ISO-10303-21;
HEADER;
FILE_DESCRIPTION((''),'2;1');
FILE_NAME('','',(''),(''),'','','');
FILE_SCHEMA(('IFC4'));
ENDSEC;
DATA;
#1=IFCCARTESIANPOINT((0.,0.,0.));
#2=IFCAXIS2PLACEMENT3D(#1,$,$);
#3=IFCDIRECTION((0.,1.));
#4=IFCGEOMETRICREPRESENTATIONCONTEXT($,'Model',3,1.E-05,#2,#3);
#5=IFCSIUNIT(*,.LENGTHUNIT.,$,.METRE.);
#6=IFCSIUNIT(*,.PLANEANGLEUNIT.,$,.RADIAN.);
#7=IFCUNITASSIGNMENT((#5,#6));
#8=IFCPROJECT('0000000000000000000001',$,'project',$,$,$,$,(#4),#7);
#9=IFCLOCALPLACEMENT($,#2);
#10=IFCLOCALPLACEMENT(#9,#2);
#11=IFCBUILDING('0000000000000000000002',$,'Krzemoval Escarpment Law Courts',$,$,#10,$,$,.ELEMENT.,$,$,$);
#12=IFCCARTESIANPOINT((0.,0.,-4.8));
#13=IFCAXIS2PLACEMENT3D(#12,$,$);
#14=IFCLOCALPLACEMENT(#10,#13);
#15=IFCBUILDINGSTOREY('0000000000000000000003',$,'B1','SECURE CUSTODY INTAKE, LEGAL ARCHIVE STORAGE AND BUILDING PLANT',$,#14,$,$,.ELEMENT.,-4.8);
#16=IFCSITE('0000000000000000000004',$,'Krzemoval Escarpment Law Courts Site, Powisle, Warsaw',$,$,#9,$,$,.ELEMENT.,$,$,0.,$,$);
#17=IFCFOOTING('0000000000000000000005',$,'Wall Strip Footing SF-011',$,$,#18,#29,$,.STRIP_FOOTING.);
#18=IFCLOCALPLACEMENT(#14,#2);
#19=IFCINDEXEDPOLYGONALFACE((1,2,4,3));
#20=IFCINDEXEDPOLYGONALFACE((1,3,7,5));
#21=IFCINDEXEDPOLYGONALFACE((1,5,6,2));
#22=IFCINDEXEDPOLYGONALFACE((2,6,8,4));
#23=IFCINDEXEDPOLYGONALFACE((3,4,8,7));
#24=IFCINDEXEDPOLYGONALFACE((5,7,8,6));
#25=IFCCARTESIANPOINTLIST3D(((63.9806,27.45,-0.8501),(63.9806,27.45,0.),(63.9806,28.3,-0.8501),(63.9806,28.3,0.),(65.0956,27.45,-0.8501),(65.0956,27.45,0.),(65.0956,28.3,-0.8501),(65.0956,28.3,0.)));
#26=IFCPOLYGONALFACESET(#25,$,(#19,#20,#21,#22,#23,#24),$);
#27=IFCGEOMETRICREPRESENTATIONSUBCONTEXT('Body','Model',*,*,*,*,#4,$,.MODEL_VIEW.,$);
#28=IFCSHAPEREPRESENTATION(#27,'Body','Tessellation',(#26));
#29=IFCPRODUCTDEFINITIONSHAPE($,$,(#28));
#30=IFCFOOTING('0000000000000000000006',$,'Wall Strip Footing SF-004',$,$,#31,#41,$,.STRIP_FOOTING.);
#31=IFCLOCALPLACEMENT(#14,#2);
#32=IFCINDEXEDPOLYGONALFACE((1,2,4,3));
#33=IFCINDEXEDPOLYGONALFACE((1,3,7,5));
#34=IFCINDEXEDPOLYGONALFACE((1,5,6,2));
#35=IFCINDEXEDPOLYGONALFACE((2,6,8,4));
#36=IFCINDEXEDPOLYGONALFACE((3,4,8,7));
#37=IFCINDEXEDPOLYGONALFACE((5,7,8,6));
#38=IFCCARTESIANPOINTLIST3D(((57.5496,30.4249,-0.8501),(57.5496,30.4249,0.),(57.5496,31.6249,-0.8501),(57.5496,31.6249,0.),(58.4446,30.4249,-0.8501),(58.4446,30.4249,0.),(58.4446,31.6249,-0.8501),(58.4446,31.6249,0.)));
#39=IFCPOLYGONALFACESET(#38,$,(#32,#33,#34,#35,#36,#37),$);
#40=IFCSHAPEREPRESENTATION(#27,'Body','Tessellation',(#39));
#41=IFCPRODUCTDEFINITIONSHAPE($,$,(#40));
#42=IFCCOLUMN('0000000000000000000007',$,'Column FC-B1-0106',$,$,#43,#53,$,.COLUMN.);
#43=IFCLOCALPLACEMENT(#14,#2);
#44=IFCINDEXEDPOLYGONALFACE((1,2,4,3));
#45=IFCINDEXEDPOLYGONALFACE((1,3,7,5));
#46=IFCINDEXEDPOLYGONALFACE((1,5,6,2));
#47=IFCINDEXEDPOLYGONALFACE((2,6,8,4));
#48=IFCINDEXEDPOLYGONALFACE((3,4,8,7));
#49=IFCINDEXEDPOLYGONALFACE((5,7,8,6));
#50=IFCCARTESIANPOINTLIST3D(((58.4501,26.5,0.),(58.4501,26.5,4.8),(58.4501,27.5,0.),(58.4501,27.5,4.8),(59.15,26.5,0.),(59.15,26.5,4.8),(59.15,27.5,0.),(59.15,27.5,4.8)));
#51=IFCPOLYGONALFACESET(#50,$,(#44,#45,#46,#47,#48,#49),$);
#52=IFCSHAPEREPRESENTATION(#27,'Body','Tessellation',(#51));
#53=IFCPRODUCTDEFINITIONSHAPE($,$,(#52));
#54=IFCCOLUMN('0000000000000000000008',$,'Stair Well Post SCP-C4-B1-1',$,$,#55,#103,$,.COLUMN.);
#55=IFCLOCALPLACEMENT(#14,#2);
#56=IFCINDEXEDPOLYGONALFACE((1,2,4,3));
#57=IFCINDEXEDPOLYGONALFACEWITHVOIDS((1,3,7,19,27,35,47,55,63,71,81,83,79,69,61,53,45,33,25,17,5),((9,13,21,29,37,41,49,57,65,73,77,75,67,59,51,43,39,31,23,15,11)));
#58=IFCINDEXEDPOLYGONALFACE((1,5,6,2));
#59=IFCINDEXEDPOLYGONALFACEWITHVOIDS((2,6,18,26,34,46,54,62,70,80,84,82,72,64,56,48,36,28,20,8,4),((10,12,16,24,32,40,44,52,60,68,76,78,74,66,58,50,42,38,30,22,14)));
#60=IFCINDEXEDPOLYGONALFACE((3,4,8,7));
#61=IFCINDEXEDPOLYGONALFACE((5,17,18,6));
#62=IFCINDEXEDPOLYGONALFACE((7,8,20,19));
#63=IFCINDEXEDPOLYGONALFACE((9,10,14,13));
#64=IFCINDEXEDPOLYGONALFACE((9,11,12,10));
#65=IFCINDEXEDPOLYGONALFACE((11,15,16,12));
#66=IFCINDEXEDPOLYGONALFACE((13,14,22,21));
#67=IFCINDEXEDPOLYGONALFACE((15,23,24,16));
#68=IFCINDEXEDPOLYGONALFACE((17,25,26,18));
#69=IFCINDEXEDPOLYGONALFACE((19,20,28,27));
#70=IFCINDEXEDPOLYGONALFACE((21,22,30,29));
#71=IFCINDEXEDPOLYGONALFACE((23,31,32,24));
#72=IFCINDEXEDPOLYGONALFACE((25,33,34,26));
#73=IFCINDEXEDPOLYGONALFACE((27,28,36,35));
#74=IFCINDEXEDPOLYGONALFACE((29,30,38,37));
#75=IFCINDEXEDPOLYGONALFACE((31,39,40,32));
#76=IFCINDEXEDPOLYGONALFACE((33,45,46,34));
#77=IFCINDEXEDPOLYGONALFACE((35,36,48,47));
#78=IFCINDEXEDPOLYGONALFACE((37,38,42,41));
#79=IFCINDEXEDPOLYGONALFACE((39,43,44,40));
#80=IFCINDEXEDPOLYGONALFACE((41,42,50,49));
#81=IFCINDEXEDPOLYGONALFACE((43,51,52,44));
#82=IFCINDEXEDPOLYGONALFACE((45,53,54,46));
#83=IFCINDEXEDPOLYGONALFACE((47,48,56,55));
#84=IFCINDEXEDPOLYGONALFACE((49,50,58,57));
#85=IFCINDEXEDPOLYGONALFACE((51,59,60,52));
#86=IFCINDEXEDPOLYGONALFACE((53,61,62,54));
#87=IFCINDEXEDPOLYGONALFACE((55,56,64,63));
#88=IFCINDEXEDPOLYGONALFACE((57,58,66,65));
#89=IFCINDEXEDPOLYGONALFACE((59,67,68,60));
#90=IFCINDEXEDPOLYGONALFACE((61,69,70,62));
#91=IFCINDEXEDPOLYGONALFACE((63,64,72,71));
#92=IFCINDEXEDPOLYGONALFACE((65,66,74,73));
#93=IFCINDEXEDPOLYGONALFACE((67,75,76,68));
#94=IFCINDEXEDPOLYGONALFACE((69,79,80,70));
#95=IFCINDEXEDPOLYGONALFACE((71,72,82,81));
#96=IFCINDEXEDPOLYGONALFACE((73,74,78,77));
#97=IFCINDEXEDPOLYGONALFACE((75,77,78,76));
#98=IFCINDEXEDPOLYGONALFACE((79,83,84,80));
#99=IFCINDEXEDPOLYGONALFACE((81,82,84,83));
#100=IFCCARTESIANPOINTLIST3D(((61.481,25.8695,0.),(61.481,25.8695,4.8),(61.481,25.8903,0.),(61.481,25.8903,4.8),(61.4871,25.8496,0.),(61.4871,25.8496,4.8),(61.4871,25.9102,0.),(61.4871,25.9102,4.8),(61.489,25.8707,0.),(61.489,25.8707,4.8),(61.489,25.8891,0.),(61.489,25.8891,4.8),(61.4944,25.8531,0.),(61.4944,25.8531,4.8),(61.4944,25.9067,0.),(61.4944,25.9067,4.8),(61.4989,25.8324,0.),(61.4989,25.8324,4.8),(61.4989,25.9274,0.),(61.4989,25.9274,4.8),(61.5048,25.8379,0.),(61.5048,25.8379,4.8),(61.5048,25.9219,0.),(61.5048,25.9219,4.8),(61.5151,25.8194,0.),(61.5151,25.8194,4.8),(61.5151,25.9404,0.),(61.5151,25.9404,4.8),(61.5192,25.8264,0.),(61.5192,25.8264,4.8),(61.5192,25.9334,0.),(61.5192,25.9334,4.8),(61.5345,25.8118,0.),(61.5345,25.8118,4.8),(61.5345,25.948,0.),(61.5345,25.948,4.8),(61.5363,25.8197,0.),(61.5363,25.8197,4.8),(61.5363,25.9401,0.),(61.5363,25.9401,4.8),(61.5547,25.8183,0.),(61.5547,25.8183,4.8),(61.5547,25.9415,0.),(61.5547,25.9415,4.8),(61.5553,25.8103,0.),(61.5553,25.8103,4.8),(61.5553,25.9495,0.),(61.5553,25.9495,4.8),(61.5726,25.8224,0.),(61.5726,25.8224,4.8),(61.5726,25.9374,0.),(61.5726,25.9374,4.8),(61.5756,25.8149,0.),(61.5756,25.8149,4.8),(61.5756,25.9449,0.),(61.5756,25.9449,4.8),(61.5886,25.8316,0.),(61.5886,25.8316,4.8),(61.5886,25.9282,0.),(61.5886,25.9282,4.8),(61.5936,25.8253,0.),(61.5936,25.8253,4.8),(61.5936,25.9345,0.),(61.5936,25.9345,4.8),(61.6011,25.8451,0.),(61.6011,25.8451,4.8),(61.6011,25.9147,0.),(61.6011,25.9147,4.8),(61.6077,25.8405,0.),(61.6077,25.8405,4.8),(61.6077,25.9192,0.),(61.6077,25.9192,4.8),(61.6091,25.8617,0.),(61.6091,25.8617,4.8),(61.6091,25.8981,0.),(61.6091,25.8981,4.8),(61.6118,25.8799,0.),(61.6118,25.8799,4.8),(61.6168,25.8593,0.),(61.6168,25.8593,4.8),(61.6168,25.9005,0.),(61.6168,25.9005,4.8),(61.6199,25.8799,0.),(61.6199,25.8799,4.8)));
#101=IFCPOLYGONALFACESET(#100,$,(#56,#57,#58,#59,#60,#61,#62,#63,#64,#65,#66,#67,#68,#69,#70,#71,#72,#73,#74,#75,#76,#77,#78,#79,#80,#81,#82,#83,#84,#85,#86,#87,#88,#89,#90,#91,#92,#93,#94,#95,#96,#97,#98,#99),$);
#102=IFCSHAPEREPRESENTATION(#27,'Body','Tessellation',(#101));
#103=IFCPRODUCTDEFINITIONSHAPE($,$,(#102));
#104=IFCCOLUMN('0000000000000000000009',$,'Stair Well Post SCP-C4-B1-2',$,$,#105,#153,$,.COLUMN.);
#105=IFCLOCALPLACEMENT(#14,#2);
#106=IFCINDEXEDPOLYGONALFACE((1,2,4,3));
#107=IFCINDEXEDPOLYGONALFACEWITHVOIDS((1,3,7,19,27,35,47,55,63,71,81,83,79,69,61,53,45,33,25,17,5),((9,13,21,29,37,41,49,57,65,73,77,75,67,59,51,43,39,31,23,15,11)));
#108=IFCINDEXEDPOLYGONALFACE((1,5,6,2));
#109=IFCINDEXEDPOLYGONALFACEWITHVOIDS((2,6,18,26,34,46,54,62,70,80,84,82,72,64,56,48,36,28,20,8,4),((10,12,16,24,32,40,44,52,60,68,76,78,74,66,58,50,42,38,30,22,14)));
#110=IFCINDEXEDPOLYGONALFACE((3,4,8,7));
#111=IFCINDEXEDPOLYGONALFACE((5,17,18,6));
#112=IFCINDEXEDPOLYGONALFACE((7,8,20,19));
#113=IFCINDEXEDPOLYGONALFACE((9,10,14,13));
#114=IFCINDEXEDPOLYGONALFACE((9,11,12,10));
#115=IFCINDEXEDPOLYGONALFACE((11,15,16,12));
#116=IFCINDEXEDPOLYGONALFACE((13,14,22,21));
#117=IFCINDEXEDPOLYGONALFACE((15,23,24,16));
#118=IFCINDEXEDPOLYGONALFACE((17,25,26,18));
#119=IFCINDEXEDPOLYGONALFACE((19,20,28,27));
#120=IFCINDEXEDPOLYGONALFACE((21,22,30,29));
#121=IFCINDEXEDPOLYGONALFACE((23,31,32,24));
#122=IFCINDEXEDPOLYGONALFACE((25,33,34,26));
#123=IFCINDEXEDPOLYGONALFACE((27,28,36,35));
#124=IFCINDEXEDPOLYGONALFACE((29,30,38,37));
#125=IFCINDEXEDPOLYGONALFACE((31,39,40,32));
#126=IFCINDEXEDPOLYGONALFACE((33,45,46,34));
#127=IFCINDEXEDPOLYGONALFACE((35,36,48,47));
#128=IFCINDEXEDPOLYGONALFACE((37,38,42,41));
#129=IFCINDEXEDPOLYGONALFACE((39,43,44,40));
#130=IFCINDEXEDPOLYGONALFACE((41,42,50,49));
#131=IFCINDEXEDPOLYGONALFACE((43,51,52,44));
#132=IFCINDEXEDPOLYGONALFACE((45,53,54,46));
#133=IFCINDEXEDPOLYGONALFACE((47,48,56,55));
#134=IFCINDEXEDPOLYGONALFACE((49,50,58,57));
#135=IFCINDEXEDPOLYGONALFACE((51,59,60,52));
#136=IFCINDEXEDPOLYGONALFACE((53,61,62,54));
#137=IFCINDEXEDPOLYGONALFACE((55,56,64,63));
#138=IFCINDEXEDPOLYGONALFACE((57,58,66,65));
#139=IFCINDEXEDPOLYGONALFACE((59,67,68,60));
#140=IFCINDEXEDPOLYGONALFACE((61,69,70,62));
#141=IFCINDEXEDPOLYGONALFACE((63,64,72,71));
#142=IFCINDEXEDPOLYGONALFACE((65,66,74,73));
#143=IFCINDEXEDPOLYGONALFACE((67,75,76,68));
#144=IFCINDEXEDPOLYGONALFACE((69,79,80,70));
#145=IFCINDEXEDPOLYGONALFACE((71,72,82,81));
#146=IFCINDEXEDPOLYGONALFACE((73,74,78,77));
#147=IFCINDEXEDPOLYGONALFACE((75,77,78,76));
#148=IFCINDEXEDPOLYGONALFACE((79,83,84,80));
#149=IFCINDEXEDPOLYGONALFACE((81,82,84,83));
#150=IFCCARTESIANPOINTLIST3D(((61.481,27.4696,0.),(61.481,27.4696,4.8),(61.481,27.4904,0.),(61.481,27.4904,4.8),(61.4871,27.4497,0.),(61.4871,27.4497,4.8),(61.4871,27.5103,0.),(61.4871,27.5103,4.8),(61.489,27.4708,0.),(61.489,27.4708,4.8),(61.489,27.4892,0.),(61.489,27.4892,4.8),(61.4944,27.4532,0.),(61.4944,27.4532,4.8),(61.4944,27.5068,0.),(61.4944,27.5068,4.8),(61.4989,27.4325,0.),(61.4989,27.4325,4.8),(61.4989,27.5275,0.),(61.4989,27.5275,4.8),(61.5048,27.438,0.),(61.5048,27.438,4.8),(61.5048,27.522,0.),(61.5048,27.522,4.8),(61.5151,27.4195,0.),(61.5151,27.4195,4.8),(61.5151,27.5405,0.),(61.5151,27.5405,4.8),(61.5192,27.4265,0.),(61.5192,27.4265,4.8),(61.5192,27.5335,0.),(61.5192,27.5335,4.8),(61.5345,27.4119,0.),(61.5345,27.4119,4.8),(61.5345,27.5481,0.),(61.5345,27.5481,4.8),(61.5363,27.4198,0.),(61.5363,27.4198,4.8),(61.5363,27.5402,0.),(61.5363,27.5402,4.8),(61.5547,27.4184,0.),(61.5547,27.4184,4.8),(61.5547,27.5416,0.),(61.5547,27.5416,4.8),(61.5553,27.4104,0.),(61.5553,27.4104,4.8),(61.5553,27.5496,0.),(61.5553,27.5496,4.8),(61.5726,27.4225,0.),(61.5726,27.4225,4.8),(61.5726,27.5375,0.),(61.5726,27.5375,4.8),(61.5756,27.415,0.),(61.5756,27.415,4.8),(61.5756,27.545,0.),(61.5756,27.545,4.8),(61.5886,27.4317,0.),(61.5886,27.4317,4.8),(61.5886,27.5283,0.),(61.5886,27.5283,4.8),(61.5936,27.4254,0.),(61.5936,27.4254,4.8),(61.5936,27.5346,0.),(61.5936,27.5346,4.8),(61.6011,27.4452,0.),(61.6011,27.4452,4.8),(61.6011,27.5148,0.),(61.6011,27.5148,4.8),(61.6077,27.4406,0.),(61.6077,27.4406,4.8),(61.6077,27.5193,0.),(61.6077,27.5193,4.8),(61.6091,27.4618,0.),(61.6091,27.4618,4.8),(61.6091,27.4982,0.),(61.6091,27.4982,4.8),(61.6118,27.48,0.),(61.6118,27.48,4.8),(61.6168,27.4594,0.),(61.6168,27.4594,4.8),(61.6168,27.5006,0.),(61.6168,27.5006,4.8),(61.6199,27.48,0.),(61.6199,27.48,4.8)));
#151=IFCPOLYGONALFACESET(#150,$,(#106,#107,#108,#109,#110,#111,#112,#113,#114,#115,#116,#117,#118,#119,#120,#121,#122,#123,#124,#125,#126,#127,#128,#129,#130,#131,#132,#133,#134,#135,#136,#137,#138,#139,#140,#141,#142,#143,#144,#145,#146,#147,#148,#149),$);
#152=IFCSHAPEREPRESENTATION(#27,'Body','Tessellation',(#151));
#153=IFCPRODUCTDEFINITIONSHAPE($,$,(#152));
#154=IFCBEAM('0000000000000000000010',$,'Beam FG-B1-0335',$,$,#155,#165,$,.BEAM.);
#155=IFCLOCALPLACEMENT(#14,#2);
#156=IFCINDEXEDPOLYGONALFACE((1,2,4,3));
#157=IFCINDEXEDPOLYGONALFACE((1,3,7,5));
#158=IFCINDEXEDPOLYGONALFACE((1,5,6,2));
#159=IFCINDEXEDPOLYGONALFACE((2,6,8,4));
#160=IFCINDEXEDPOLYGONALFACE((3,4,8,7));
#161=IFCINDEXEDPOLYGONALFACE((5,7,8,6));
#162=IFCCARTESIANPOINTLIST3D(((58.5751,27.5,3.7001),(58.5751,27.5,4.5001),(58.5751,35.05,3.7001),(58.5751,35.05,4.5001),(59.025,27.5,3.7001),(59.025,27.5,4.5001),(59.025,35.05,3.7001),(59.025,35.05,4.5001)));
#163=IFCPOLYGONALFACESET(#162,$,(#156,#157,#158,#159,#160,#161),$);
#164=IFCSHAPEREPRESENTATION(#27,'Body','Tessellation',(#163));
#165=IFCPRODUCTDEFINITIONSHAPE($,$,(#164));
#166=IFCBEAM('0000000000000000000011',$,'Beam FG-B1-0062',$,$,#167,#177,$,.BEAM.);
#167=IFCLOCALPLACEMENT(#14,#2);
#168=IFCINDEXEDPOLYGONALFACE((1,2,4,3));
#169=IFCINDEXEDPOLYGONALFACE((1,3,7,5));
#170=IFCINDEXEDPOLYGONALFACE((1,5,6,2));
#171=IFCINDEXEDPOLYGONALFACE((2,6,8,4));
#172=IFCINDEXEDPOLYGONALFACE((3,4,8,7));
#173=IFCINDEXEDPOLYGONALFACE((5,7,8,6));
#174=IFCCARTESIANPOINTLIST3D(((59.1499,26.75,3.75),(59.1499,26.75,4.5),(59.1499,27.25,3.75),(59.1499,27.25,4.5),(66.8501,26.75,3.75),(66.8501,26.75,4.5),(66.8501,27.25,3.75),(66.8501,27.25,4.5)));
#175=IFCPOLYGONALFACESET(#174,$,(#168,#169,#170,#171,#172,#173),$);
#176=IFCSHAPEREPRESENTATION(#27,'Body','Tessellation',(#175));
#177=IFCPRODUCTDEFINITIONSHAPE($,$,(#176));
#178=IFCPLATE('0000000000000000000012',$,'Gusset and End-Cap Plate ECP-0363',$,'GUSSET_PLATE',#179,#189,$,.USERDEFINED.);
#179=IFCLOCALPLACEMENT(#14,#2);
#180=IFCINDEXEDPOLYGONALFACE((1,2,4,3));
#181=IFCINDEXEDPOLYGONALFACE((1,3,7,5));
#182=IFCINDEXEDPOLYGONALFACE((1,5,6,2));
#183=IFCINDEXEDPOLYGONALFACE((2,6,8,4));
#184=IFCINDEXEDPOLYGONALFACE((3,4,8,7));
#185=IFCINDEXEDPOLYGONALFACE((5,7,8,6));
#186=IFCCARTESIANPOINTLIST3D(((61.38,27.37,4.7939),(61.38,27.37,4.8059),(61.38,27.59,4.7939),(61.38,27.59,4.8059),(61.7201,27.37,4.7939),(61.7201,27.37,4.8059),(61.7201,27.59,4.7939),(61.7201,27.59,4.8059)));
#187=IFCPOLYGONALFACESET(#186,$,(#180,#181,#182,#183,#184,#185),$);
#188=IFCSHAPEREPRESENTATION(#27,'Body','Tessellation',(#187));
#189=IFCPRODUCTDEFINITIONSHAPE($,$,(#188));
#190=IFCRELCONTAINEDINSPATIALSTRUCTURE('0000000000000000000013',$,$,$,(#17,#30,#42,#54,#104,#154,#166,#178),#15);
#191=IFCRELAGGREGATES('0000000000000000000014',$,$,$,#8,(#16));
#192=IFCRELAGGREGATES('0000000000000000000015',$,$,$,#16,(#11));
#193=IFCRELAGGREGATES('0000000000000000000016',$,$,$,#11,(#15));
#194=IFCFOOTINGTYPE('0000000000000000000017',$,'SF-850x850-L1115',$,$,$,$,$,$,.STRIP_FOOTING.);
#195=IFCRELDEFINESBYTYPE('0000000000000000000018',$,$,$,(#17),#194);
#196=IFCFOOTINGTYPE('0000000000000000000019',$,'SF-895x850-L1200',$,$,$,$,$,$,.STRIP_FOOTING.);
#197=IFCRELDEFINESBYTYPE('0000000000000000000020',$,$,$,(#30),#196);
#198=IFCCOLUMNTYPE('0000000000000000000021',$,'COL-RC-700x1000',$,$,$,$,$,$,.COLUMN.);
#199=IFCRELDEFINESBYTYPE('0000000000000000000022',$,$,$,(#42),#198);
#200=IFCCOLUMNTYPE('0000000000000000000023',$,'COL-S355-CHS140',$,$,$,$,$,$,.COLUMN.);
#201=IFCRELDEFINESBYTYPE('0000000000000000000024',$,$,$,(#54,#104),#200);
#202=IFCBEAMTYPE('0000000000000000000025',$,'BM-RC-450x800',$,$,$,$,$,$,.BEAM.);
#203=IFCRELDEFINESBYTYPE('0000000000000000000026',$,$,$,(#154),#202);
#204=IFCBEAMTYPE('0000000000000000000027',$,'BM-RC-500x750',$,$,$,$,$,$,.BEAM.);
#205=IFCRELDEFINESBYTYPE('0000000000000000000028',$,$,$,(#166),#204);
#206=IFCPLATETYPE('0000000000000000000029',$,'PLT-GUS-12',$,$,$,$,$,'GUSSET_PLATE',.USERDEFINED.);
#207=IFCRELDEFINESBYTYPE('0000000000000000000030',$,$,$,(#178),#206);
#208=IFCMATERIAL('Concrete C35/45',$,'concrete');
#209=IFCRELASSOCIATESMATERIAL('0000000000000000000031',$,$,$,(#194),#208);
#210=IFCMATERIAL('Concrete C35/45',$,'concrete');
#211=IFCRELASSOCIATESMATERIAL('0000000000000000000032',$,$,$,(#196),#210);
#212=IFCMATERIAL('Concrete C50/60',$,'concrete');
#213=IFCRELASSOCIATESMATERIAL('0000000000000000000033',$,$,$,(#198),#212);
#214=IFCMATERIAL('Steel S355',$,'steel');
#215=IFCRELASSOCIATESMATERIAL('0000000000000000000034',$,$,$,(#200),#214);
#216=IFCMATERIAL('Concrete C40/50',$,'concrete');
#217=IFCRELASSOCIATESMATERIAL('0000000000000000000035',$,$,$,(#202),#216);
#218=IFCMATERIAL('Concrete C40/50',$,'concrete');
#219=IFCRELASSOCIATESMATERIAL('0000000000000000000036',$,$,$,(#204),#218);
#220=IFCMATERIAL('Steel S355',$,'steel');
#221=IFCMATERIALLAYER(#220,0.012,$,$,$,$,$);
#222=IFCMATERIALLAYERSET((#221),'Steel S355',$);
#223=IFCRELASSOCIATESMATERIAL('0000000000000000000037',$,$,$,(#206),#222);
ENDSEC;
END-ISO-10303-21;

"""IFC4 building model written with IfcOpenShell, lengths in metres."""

from ifc_helpers import new_model, si_unit, direction, frame, origin, origin_2d, place, context, subcontext, project, spatial, rectangle, hollow_circle, extrude, material, layer, layer_set, material_profile, profile_set, type_object, element, save


model = new_model("IFC4")

# Units and contexts
model_context = context("Model", 3, precision=1e-05, world=origin(), true_north=direction((0.0, 1.0)))
body_context = subcontext(model_context, "Body", "Model", "MODEL_VIEW")
ifc_project = project(units=[si_unit("LENGTHUNIT", "METRE"), si_unit("PLANEANGLEUNIT", "RADIAN")], contexts=[model_context])

# Site, building, storey
site_placement = place(None, origin())
site = spatial("IfcSite", under=ifc_project, at=site_placement, Name="Krzemoval Escarpment Law Courts Site, Powisle, Warsaw", CompositionType="ELEMENT", RefElevation=0.0)
building_placement = place(site_placement, origin())
building = spatial("IfcBuilding", under=site, at=building_placement, Name="Krzemoval Escarpment Law Courts", CompositionType="ELEMENT")
storey_placement = place(building_placement, frame((0.0, 0.0, -4.8)))
storey = spatial("IfcBuildingStorey", under=building, at=storey_placement, Name="B1", Description="SECURE CUSTODY INTAKE, LEGAL ARCHIVE STORAGE AND BUILDING PLANT", CompositionType="ELEMENT", Elevation=-4.8)

# Footings
ifc_material_1 = material(Name="Concrete C35/45", Category="concrete")
footing_type_1 = type_object("IfcFootingType", Name="SF-850x850-L1115", PredefinedType="STRIP_FOOTING", material=ifc_material_1)
footing_1_placement = place(storey_placement, frame((64.5381, 27.875, -0.8501), z_axis=(0.0, 0.0, 1.0), x_axis=(1.0, 0.0, 0.0)))
element("IfcFooting", 1, at=footing_1_placement, inside=storey, type_object=footing_type_1, Name="Wall Strip Footing SF-011", PredefinedType="STRIP_FOOTING", context=body_context, shape_type="SweptSolid", body=[
    extrude(rectangle(XDim=1.115, YDim=0.8501, at=origin_2d()), origin(), (0.0, 0.0, 1.0), 0.8501),
])
ifc_material_2 = material(Name="Concrete C35/45", Category="concrete")
footing_type_2 = type_object("IfcFootingType", Name="SF-895x850-L1200", PredefinedType="STRIP_FOOTING", material=ifc_material_2)
footing_2_placement = place(storey_placement, frame((57.9971, 31.0249, -0.8501), z_axis=(0.0, 0.0, 1.0), x_axis=(0.0, 1.0, 0.0)))
element("IfcFooting", 2, at=footing_2_placement, inside=storey, type_object=footing_type_2, Name="Wall Strip Footing SF-004", PredefinedType="STRIP_FOOTING", context=body_context, shape_type="SweptSolid", body=[
    extrude(rectangle(XDim=1.2, YDim=0.895, at=origin_2d()), origin(), (0.0, 0.0, 1.0), 0.8501),
])

# Columns
ifc_material_3 = material(Name="Concrete C50/60", Category="concrete")
ifc_material_profile_1 = material_profile(ifc_material_3, rectangle(XDim=0.7, YDim=1.0, at=origin_2d()), Name="RC 700x1000")
ifc_profile_set_1 = profile_set([ifc_material_profile_1], Name="Concrete C50/60")
column_type_1 = type_object("IfcColumnType", Name="COL-RC-700x1000", PredefinedType="COLUMN", material=ifc_profile_set_1)
column_placement = place(storey_placement, frame((58.8, 27.0, 0.0), z_axis=(0.0, 0.0, 1.0), x_axis=(1.0, 0.0, 0.0)))
element("IfcColumn", 3, at=column_placement, inside=storey, type_object=column_type_1, Name="Column FC-B1-0106", PredefinedType="COLUMN", context=body_context, shape_type="SweptSolid", body=[
    extrude(rectangle(XDim=0.7, YDim=1.0, at=origin_2d()), origin(), (0.0, 0.0, 1.0), 4.8),
])
ifc_material_4 = material(Name="Steel S355", Category="steel")
ifc_material_profile_2 = material_profile(ifc_material_4, hollow_circle(Radius=0.0698, WallThickness=0.0081, at=origin_2d()), Name="CHS 139.7x8")
ifc_profile_set_2 = profile_set([ifc_material_profile_2], Name="Steel S355")
column_type_2 = type_object("IfcColumnType", Name="COL-S355-CHS140", PredefinedType="COLUMN", material=ifc_profile_set_2)
for number, where, z_axis, x_axis, name in (
    (4, (61.55, 25.8799, 0.0), (0.0, 0.0, 1.0), (1.0, 0.0, 0.0), "Stair Well Post SCP-C4-B1-1"),
    (5, (61.55, 27.48, 0.0), (0.0, 0.0, 1.0), (1.0, 0.0, 0.0), "Stair Well Post SCP-C4-B1-2"),
):
    element("IfcColumn", number, at=place(storey_placement, frame(where, z_axis=z_axis, x_axis=x_axis)), inside=storey, type_object=column_type_2, Name=name, PredefinedType="COLUMN", context=body_context, shape_type="SweptSolid", body=[
        extrude(hollow_circle(Radius=0.0698, WallThickness=0.0081, at=origin_2d()), origin(), (0.0, 0.0, 1.0), 4.8),
    ])

# Beams
ifc_material_5 = material(Name="Concrete C40/50", Category="concrete")
ifc_material_profile_3 = material_profile(ifc_material_5, rectangle(XDim=0.45, YDim=0.8, at=origin_2d()), Name="RCB 450x800")
ifc_profile_set_3 = profile_set([ifc_material_profile_3], Name="Concrete C40/50")
beam_type_1 = type_object("IfcBeamType", Name="BM-RC-450x800", PredefinedType="BEAM", material=ifc_profile_set_3)
beam_1_placement = place(storey_placement, frame((58.8, 27.5, 4.1001), z_axis=(0.0, 1.0, 0.0), x_axis=(-1.0, 0.0, 0.0)))
element("IfcBeam", 6, at=beam_1_placement, inside=storey, type_object=beam_type_1, Name="Beam FG-B1-0335", PredefinedType="BEAM", context=body_context, shape_type="SweptSolid", body=[
    extrude(rectangle(XDim=0.45, YDim=0.8, at=origin_2d()), origin(), (0.0, 0.0, 1.0), 7.55),
])
ifc_material_6 = material(Name="Concrete C40/50", Category="concrete")
ifc_material_profile_4 = material_profile(ifc_material_6, rectangle(XDim=0.5, YDim=0.75, at=origin_2d()), Name="RCB 500x750")
ifc_profile_set_4 = profile_set([ifc_material_profile_4], Name="Concrete C40/50")
beam_type_2 = type_object("IfcBeamType", Name="BM-RC-500x750", PredefinedType="BEAM", material=ifc_profile_set_4)
beam_2_placement = place(storey_placement, frame((59.1499, 27.0, 4.125), z_axis=(1.0, 0.0, 0.0), x_axis=(0.0, 1.0, 0.0)))
element("IfcBeam", 7, at=beam_2_placement, inside=storey, type_object=beam_type_2, Name="Beam FG-B1-0062", PredefinedType="BEAM", context=body_context, shape_type="SweptSolid", body=[
    extrude(rectangle(XDim=0.5, YDim=0.75, at=origin_2d()), origin(), (0.0, 0.0, 1.0), 7.7002),
])

# Plate
ifc_material_7 = material(Name="Steel S355", Category="steel")
ifc_layer_1 = layer(ifc_material_7, 0.012)
ifc_layer_set_1 = layer_set([ifc_layer_1], Name="Steel S355")
plate_type_1 = type_object("IfcPlateType", Name="PLT-GUS-12", ElementType="GUSSET_PLATE", PredefinedType="USERDEFINED", material=ifc_layer_set_1)
plate_1_placement = place(storey_placement, frame((61.55, 27.48, 4.7939), z_axis=(0.0, 0.0, 1.0), x_axis=(1.0, 0.0, 0.0)))
element("IfcPlate", 8, at=plate_1_placement, inside=storey, type_object=plate_type_1, Name="Gusset and End-Cap Plate ECP-0363", ObjectType="GUSSET_PLATE", PredefinedType="USERDEFINED", context=body_context, shape_type="SweptSolid", body=[
    extrude(rectangle(XDim=0.3401, YDim=0.22, at=origin_2d()), origin(), (0.0, 0.0, 1.0), 0.012),
])

save(model, "model.ifc")
